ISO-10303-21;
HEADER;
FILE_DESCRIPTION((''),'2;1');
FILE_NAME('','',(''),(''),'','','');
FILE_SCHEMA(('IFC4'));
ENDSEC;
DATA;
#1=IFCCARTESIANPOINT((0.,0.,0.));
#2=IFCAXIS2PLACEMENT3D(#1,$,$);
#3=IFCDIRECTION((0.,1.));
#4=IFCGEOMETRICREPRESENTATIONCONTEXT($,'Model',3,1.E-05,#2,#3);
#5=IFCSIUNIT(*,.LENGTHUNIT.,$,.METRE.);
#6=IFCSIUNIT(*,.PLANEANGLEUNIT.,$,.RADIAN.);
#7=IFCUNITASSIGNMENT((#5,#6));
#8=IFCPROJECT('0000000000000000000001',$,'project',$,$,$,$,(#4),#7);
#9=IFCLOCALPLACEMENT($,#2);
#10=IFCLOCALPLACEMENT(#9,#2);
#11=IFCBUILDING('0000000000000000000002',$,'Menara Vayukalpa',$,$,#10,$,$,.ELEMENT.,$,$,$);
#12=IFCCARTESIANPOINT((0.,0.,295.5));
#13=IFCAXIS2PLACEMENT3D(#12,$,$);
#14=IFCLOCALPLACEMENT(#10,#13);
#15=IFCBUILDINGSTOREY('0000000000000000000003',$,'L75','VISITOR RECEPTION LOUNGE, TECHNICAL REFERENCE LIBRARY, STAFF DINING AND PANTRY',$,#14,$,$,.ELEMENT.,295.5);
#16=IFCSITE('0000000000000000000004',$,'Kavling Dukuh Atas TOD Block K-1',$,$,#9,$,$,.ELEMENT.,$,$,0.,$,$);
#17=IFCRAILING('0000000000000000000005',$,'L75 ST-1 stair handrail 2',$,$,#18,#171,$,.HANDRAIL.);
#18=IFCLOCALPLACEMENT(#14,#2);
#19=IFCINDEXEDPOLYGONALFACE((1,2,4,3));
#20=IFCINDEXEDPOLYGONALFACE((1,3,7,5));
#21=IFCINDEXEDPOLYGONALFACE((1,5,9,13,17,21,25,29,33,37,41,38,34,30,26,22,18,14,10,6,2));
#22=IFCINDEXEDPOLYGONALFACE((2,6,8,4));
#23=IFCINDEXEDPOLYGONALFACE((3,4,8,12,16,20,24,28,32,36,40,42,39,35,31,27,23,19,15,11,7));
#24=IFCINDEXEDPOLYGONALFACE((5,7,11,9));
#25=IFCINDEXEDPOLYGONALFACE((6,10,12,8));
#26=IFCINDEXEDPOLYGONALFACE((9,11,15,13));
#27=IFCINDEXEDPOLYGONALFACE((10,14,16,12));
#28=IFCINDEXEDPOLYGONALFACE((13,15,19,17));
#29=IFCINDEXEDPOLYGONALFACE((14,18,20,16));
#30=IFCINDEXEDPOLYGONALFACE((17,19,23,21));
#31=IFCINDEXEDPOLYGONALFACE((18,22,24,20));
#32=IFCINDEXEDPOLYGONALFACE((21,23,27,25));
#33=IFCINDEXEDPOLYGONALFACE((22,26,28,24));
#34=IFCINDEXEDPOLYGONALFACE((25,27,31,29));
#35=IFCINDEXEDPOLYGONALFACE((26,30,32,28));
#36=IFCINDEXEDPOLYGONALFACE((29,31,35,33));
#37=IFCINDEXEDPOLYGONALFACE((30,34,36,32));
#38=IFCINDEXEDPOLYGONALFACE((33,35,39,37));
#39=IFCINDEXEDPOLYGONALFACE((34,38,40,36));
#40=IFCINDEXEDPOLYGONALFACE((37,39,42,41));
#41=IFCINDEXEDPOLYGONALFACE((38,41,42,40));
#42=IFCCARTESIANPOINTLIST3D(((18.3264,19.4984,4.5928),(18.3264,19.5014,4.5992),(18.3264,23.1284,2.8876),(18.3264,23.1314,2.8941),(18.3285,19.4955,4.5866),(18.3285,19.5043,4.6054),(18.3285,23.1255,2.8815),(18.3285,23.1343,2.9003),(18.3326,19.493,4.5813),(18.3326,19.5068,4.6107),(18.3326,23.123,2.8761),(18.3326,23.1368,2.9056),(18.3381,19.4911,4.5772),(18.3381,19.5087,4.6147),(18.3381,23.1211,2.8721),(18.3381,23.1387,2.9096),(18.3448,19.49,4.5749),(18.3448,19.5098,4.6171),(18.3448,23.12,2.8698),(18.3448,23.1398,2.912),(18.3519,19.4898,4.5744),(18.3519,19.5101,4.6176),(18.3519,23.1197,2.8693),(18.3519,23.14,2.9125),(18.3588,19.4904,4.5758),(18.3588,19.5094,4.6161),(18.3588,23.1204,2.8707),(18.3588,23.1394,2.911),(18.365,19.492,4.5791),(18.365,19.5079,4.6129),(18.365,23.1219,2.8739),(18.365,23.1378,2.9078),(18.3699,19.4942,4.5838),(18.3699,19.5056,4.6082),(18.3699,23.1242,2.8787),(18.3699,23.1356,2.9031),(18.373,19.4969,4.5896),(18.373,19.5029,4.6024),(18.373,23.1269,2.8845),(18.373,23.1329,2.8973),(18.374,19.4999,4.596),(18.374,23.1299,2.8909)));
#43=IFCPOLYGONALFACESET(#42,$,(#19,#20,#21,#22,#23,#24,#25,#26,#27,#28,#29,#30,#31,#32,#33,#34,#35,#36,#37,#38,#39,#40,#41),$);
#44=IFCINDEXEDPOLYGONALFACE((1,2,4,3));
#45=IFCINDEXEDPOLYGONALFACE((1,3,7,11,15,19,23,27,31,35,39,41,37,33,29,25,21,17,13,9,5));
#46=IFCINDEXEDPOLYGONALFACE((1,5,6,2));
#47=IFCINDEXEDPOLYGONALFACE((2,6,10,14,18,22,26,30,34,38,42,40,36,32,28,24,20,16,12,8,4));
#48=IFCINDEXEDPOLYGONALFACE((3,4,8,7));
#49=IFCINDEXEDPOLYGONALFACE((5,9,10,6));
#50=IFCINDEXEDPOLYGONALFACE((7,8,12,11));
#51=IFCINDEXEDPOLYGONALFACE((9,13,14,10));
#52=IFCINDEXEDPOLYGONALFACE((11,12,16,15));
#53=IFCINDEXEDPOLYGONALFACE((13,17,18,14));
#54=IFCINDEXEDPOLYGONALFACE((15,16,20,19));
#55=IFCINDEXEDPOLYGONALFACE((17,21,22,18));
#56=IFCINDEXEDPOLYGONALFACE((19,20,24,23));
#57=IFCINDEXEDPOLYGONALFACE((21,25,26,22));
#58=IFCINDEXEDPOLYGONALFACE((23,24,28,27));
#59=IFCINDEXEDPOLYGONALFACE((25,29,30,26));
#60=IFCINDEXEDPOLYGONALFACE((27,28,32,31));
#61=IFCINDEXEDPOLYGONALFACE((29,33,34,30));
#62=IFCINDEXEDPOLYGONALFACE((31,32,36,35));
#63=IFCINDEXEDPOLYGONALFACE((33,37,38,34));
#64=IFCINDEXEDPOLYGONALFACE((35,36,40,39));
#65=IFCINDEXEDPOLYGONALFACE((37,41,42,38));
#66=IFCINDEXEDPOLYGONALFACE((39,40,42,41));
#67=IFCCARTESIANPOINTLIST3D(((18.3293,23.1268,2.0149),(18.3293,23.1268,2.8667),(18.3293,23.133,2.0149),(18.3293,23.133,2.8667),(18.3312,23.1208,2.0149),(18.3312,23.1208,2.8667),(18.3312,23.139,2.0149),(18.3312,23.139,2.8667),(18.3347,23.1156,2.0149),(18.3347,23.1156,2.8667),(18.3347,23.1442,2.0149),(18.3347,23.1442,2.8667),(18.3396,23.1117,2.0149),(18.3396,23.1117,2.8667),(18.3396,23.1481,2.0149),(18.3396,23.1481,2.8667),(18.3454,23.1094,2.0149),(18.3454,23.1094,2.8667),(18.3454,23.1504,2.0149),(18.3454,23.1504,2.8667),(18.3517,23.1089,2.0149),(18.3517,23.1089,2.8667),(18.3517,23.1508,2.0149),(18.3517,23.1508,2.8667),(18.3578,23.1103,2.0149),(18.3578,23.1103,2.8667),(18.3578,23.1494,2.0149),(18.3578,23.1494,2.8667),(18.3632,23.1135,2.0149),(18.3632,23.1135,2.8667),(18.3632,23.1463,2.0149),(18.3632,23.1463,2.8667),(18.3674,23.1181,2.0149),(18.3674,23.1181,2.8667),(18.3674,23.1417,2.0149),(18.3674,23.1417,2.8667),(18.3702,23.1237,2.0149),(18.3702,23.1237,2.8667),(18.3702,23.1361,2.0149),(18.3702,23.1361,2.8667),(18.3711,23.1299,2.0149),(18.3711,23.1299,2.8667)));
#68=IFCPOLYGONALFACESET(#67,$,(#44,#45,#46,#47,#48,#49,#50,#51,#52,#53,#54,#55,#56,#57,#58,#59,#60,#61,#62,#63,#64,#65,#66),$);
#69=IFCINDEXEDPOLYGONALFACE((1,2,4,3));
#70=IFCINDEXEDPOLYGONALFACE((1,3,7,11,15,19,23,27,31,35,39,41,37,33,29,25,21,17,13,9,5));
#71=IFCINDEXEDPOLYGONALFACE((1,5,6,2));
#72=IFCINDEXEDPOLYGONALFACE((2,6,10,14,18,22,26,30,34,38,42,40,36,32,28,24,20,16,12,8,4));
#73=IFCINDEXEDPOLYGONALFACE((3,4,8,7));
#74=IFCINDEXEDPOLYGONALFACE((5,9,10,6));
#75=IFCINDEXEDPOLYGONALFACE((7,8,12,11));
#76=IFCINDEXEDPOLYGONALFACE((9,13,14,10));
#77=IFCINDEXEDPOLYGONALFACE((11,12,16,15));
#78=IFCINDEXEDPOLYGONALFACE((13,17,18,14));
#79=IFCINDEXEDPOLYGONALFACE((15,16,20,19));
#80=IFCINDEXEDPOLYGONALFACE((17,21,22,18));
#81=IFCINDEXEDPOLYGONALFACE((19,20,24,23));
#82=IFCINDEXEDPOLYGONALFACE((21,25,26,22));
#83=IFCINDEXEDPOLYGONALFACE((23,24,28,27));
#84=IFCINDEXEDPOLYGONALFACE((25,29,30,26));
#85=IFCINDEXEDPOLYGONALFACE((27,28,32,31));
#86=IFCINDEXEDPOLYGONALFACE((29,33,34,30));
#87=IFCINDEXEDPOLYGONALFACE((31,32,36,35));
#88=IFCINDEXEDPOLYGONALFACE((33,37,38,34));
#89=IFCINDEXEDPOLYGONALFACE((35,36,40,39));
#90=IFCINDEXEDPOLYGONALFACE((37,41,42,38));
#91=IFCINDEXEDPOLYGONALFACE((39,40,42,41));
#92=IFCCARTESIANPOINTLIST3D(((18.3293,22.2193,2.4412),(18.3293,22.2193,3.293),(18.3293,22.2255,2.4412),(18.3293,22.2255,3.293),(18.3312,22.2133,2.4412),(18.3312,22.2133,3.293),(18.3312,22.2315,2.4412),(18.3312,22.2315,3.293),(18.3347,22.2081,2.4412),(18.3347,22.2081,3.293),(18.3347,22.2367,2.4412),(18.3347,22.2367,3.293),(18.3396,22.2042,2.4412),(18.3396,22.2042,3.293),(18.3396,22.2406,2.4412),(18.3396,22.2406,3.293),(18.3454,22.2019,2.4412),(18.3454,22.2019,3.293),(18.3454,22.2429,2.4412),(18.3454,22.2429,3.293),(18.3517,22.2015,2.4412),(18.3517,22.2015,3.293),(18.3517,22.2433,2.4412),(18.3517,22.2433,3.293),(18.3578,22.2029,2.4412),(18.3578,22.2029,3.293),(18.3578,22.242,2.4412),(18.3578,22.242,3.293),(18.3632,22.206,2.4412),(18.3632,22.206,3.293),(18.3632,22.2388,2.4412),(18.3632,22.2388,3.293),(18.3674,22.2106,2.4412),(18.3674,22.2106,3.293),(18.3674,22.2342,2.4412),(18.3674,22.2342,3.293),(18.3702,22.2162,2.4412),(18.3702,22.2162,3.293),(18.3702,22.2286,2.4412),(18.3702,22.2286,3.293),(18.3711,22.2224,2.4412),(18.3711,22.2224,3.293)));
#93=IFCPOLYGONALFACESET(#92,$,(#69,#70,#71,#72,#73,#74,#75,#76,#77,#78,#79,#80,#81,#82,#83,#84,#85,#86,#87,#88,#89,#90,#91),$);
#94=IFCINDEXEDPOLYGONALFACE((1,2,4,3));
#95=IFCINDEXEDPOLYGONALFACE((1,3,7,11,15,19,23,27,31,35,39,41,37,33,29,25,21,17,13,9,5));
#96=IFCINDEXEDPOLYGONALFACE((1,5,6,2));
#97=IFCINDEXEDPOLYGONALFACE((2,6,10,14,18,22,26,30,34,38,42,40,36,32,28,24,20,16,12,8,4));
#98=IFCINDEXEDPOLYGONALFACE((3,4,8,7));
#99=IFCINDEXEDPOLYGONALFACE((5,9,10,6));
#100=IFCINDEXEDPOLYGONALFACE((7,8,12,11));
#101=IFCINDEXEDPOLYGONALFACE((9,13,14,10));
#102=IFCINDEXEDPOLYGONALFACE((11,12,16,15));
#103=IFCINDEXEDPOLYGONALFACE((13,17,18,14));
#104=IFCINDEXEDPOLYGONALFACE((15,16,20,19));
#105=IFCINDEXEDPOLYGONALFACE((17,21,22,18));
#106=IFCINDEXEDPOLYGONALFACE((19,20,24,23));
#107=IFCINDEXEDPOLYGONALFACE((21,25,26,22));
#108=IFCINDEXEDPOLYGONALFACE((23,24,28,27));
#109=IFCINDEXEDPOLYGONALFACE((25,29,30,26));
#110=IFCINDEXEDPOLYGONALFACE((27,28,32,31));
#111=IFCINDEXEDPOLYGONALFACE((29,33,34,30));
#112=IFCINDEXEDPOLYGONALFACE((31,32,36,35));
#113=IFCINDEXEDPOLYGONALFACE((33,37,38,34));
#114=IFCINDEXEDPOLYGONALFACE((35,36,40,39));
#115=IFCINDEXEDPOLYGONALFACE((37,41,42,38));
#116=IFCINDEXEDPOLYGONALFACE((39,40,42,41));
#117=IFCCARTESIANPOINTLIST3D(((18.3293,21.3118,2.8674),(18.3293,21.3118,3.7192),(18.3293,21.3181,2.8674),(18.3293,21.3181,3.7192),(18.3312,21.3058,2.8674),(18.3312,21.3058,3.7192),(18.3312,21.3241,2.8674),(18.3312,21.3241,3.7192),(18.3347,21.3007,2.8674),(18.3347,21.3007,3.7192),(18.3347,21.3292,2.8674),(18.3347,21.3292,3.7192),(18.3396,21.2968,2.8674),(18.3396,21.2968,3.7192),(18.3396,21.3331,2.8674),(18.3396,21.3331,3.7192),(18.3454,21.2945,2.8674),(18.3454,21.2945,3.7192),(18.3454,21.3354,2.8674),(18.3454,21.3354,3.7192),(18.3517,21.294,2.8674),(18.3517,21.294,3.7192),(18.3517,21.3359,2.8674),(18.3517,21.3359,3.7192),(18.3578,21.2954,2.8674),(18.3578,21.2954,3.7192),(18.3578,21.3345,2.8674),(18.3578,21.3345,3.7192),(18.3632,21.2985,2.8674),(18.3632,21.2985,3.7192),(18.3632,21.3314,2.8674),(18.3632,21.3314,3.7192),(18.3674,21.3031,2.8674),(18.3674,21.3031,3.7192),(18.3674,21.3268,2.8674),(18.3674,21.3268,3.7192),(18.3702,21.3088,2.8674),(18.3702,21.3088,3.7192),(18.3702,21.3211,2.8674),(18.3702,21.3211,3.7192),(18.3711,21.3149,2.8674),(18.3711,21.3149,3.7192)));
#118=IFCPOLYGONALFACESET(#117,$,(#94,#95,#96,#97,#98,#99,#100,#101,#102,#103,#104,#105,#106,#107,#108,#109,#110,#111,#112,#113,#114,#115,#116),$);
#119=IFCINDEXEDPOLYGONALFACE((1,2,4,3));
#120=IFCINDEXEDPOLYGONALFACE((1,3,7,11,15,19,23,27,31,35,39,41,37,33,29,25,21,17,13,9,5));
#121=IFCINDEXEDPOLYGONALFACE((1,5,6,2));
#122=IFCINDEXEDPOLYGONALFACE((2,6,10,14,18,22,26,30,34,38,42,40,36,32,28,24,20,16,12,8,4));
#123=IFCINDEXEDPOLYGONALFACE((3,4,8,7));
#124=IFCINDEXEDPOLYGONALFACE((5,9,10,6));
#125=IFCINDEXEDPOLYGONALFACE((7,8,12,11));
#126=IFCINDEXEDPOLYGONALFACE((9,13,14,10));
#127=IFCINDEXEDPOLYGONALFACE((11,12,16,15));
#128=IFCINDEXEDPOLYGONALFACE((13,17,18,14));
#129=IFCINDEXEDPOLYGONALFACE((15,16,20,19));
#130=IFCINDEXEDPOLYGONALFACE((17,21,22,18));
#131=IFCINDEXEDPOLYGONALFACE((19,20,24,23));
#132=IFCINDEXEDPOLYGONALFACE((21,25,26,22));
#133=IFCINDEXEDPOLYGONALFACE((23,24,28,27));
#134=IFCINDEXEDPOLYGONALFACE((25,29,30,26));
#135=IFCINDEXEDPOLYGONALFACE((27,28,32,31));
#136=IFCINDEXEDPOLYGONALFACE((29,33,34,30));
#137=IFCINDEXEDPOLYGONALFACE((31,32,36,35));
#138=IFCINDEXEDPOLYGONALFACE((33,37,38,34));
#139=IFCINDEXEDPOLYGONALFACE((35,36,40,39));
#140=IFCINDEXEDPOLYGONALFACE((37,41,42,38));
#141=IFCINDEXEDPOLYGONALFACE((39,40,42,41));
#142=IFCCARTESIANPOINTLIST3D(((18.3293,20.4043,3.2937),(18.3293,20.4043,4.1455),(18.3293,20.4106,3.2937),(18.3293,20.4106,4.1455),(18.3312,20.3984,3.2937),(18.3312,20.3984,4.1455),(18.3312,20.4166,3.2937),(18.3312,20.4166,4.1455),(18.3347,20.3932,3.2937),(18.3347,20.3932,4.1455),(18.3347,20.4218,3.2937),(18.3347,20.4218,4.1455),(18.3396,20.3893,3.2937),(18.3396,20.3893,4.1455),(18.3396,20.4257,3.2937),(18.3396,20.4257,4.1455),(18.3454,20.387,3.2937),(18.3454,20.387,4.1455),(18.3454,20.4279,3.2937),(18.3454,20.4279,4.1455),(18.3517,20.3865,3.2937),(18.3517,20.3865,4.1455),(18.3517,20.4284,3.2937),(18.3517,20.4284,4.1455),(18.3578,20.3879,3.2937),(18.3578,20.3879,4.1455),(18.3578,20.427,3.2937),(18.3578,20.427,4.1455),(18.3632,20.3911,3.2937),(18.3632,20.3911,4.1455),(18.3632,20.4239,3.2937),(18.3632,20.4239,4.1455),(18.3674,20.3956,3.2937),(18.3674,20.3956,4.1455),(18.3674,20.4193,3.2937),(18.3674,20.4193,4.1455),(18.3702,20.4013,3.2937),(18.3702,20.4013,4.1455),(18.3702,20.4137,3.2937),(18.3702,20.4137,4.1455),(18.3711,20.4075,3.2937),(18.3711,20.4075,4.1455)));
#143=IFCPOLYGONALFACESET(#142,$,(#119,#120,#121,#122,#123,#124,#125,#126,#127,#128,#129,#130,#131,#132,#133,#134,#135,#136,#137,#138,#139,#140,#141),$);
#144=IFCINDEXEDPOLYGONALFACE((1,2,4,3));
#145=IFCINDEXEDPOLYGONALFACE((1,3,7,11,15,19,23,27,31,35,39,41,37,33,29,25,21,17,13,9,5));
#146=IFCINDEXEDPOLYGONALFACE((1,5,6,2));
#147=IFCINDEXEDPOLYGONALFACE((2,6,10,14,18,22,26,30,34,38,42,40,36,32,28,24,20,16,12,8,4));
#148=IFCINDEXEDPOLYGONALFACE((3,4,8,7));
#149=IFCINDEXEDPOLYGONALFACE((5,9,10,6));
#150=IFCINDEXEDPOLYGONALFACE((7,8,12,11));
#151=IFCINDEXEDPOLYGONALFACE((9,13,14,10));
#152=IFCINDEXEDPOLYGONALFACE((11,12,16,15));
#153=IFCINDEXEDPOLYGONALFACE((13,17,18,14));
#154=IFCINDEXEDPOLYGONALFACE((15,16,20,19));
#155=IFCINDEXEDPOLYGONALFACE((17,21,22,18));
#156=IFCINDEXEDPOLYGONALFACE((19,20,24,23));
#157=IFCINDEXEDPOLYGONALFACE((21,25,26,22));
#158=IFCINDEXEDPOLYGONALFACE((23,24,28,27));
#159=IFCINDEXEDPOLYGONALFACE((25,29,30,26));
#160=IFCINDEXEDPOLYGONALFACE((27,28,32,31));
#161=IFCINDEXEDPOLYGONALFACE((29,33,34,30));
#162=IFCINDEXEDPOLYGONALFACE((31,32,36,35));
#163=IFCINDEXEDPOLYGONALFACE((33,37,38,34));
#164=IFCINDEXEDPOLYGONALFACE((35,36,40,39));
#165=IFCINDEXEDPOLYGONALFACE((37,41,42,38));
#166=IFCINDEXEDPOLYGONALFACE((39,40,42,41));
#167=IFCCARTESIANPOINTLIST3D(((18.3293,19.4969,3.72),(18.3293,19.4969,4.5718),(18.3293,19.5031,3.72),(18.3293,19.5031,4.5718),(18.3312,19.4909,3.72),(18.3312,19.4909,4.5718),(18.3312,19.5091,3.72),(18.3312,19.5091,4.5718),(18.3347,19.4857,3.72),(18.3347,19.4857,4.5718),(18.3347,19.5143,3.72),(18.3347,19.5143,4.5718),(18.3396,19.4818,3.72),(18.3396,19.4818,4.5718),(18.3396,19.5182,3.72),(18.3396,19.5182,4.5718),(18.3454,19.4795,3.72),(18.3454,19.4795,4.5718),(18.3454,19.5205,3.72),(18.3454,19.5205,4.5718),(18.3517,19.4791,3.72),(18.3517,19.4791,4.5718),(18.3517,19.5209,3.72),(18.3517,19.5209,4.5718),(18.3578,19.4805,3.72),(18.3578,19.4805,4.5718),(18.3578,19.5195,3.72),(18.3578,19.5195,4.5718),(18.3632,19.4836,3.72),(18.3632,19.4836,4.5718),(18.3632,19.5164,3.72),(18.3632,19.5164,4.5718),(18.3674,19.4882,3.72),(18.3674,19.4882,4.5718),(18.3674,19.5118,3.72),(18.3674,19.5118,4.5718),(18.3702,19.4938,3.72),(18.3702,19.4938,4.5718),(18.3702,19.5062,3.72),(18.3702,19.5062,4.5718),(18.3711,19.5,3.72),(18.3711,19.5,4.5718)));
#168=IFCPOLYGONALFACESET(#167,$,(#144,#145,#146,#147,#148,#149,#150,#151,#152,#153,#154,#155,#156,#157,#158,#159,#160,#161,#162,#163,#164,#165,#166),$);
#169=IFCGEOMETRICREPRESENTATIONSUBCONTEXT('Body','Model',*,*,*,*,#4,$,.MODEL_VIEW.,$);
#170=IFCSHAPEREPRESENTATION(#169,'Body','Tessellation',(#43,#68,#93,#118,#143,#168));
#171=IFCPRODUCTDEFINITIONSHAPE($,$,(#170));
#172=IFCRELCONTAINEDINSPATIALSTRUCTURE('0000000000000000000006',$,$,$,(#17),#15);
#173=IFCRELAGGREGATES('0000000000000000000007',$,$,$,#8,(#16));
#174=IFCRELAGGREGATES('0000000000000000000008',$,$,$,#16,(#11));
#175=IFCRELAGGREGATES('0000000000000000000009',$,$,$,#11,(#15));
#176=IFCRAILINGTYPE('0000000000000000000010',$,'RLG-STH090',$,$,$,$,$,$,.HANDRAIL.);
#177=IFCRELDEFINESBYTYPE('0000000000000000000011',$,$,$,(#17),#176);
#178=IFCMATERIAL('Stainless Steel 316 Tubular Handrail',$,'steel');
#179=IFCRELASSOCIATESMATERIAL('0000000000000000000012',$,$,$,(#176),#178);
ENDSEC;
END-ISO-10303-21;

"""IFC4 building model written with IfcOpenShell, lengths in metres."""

from ifc_helpers import new_model, si_unit, direction, frame, origin, origin_2d, place, context, subcontext, project, spatial, circle, extrude, material, type_object, element, save


model = new_model("IFC4")

# Units and contexts
model_context = context("Model", 3, precision=1e-05, world=origin(), true_north=direction((0.0, 1.0)))
body_context = subcontext(model_context, "Body", "Model", "MODEL_VIEW")
ifc_project = project(units=[si_unit("LENGTHUNIT", "METRE"), si_unit("PLANEANGLEUNIT", "RADIAN")], contexts=[model_context])

# Site, building, storey
site_placement = place(None, origin())
site = spatial("IfcSite", under=ifc_project, at=site_placement, Name="Kavling Dukuh Atas TOD Block K-1", CompositionType="ELEMENT", RefElevation=0.0)
building_placement = place(site_placement, origin())
building = spatial("IfcBuilding", under=site, at=building_placement, Name="Menara Vayukalpa", CompositionType="ELEMENT")
storey_placement = place(building_placement, frame((0.0, 0.0, 295.5)))
storey = spatial("IfcBuildingStorey", under=building, at=storey_placement, Name="L75", Description="VISITOR RECEPTION LOUNGE, TECHNICAL REFERENCE LIBRARY, STAFF DINING AND PANTRY", CompositionType="ELEMENT", Elevation=295.5)

# Railing
ifc_material_1 = material(Name="Stainless Steel 316 Tubular Handrail", Category="steel")
railing_type_1 = type_object("IfcRailingType", Name="RLG-STH090", PredefinedType="HANDRAIL", material=ifc_material_1)
railing_1_placement = place(storey_placement, frame((18.3501, 23.1299, 2.0149)))
element("IfcRailing", 1, at=railing_1_placement, inside=storey, type_object=railing_type_1, Name="L75 ST-1 stair handrail 2", PredefinedType="HANDRAIL", context=body_context, shape_type="SweptSolid", body=[
    extrude(circle(Radius=0.0239, at=origin_2d()), frame((0.0, 0.0, 0.876), z_axis=(0.0, -0.905116, 0.425164), x_axis=(1.0, 0.0, 0.0)), (0.0, 0.0, 1.0), 4.0105),
    extrude(circle(Radius=0.021, at=origin_2d()), origin(), (0.0, 0.0, 1.0), 0.8518),
    extrude(circle(Radius=0.021, at=origin_2d()), frame((0.0, -0.9075, 0.4263)), (0.0, 0.0, 1.0), 0.8518),
    extrude(circle(Radius=0.021, at=origin_2d()), frame((0.0, -1.8149, 0.8525)), (0.0, 0.0, 1.0), 0.8518),
    extrude(circle(Radius=0.021, at=origin_2d()), frame((0.0, -2.7224, 1.2788)), (0.0, 0.0, 1.0), 0.8518),
    extrude(circle(Radius=0.021, at=origin_2d()), frame((0.0, -3.6299, 1.7051)), (0.0, 0.0, 1.0), 0.8518),
])

save(model, "model.ifc")
